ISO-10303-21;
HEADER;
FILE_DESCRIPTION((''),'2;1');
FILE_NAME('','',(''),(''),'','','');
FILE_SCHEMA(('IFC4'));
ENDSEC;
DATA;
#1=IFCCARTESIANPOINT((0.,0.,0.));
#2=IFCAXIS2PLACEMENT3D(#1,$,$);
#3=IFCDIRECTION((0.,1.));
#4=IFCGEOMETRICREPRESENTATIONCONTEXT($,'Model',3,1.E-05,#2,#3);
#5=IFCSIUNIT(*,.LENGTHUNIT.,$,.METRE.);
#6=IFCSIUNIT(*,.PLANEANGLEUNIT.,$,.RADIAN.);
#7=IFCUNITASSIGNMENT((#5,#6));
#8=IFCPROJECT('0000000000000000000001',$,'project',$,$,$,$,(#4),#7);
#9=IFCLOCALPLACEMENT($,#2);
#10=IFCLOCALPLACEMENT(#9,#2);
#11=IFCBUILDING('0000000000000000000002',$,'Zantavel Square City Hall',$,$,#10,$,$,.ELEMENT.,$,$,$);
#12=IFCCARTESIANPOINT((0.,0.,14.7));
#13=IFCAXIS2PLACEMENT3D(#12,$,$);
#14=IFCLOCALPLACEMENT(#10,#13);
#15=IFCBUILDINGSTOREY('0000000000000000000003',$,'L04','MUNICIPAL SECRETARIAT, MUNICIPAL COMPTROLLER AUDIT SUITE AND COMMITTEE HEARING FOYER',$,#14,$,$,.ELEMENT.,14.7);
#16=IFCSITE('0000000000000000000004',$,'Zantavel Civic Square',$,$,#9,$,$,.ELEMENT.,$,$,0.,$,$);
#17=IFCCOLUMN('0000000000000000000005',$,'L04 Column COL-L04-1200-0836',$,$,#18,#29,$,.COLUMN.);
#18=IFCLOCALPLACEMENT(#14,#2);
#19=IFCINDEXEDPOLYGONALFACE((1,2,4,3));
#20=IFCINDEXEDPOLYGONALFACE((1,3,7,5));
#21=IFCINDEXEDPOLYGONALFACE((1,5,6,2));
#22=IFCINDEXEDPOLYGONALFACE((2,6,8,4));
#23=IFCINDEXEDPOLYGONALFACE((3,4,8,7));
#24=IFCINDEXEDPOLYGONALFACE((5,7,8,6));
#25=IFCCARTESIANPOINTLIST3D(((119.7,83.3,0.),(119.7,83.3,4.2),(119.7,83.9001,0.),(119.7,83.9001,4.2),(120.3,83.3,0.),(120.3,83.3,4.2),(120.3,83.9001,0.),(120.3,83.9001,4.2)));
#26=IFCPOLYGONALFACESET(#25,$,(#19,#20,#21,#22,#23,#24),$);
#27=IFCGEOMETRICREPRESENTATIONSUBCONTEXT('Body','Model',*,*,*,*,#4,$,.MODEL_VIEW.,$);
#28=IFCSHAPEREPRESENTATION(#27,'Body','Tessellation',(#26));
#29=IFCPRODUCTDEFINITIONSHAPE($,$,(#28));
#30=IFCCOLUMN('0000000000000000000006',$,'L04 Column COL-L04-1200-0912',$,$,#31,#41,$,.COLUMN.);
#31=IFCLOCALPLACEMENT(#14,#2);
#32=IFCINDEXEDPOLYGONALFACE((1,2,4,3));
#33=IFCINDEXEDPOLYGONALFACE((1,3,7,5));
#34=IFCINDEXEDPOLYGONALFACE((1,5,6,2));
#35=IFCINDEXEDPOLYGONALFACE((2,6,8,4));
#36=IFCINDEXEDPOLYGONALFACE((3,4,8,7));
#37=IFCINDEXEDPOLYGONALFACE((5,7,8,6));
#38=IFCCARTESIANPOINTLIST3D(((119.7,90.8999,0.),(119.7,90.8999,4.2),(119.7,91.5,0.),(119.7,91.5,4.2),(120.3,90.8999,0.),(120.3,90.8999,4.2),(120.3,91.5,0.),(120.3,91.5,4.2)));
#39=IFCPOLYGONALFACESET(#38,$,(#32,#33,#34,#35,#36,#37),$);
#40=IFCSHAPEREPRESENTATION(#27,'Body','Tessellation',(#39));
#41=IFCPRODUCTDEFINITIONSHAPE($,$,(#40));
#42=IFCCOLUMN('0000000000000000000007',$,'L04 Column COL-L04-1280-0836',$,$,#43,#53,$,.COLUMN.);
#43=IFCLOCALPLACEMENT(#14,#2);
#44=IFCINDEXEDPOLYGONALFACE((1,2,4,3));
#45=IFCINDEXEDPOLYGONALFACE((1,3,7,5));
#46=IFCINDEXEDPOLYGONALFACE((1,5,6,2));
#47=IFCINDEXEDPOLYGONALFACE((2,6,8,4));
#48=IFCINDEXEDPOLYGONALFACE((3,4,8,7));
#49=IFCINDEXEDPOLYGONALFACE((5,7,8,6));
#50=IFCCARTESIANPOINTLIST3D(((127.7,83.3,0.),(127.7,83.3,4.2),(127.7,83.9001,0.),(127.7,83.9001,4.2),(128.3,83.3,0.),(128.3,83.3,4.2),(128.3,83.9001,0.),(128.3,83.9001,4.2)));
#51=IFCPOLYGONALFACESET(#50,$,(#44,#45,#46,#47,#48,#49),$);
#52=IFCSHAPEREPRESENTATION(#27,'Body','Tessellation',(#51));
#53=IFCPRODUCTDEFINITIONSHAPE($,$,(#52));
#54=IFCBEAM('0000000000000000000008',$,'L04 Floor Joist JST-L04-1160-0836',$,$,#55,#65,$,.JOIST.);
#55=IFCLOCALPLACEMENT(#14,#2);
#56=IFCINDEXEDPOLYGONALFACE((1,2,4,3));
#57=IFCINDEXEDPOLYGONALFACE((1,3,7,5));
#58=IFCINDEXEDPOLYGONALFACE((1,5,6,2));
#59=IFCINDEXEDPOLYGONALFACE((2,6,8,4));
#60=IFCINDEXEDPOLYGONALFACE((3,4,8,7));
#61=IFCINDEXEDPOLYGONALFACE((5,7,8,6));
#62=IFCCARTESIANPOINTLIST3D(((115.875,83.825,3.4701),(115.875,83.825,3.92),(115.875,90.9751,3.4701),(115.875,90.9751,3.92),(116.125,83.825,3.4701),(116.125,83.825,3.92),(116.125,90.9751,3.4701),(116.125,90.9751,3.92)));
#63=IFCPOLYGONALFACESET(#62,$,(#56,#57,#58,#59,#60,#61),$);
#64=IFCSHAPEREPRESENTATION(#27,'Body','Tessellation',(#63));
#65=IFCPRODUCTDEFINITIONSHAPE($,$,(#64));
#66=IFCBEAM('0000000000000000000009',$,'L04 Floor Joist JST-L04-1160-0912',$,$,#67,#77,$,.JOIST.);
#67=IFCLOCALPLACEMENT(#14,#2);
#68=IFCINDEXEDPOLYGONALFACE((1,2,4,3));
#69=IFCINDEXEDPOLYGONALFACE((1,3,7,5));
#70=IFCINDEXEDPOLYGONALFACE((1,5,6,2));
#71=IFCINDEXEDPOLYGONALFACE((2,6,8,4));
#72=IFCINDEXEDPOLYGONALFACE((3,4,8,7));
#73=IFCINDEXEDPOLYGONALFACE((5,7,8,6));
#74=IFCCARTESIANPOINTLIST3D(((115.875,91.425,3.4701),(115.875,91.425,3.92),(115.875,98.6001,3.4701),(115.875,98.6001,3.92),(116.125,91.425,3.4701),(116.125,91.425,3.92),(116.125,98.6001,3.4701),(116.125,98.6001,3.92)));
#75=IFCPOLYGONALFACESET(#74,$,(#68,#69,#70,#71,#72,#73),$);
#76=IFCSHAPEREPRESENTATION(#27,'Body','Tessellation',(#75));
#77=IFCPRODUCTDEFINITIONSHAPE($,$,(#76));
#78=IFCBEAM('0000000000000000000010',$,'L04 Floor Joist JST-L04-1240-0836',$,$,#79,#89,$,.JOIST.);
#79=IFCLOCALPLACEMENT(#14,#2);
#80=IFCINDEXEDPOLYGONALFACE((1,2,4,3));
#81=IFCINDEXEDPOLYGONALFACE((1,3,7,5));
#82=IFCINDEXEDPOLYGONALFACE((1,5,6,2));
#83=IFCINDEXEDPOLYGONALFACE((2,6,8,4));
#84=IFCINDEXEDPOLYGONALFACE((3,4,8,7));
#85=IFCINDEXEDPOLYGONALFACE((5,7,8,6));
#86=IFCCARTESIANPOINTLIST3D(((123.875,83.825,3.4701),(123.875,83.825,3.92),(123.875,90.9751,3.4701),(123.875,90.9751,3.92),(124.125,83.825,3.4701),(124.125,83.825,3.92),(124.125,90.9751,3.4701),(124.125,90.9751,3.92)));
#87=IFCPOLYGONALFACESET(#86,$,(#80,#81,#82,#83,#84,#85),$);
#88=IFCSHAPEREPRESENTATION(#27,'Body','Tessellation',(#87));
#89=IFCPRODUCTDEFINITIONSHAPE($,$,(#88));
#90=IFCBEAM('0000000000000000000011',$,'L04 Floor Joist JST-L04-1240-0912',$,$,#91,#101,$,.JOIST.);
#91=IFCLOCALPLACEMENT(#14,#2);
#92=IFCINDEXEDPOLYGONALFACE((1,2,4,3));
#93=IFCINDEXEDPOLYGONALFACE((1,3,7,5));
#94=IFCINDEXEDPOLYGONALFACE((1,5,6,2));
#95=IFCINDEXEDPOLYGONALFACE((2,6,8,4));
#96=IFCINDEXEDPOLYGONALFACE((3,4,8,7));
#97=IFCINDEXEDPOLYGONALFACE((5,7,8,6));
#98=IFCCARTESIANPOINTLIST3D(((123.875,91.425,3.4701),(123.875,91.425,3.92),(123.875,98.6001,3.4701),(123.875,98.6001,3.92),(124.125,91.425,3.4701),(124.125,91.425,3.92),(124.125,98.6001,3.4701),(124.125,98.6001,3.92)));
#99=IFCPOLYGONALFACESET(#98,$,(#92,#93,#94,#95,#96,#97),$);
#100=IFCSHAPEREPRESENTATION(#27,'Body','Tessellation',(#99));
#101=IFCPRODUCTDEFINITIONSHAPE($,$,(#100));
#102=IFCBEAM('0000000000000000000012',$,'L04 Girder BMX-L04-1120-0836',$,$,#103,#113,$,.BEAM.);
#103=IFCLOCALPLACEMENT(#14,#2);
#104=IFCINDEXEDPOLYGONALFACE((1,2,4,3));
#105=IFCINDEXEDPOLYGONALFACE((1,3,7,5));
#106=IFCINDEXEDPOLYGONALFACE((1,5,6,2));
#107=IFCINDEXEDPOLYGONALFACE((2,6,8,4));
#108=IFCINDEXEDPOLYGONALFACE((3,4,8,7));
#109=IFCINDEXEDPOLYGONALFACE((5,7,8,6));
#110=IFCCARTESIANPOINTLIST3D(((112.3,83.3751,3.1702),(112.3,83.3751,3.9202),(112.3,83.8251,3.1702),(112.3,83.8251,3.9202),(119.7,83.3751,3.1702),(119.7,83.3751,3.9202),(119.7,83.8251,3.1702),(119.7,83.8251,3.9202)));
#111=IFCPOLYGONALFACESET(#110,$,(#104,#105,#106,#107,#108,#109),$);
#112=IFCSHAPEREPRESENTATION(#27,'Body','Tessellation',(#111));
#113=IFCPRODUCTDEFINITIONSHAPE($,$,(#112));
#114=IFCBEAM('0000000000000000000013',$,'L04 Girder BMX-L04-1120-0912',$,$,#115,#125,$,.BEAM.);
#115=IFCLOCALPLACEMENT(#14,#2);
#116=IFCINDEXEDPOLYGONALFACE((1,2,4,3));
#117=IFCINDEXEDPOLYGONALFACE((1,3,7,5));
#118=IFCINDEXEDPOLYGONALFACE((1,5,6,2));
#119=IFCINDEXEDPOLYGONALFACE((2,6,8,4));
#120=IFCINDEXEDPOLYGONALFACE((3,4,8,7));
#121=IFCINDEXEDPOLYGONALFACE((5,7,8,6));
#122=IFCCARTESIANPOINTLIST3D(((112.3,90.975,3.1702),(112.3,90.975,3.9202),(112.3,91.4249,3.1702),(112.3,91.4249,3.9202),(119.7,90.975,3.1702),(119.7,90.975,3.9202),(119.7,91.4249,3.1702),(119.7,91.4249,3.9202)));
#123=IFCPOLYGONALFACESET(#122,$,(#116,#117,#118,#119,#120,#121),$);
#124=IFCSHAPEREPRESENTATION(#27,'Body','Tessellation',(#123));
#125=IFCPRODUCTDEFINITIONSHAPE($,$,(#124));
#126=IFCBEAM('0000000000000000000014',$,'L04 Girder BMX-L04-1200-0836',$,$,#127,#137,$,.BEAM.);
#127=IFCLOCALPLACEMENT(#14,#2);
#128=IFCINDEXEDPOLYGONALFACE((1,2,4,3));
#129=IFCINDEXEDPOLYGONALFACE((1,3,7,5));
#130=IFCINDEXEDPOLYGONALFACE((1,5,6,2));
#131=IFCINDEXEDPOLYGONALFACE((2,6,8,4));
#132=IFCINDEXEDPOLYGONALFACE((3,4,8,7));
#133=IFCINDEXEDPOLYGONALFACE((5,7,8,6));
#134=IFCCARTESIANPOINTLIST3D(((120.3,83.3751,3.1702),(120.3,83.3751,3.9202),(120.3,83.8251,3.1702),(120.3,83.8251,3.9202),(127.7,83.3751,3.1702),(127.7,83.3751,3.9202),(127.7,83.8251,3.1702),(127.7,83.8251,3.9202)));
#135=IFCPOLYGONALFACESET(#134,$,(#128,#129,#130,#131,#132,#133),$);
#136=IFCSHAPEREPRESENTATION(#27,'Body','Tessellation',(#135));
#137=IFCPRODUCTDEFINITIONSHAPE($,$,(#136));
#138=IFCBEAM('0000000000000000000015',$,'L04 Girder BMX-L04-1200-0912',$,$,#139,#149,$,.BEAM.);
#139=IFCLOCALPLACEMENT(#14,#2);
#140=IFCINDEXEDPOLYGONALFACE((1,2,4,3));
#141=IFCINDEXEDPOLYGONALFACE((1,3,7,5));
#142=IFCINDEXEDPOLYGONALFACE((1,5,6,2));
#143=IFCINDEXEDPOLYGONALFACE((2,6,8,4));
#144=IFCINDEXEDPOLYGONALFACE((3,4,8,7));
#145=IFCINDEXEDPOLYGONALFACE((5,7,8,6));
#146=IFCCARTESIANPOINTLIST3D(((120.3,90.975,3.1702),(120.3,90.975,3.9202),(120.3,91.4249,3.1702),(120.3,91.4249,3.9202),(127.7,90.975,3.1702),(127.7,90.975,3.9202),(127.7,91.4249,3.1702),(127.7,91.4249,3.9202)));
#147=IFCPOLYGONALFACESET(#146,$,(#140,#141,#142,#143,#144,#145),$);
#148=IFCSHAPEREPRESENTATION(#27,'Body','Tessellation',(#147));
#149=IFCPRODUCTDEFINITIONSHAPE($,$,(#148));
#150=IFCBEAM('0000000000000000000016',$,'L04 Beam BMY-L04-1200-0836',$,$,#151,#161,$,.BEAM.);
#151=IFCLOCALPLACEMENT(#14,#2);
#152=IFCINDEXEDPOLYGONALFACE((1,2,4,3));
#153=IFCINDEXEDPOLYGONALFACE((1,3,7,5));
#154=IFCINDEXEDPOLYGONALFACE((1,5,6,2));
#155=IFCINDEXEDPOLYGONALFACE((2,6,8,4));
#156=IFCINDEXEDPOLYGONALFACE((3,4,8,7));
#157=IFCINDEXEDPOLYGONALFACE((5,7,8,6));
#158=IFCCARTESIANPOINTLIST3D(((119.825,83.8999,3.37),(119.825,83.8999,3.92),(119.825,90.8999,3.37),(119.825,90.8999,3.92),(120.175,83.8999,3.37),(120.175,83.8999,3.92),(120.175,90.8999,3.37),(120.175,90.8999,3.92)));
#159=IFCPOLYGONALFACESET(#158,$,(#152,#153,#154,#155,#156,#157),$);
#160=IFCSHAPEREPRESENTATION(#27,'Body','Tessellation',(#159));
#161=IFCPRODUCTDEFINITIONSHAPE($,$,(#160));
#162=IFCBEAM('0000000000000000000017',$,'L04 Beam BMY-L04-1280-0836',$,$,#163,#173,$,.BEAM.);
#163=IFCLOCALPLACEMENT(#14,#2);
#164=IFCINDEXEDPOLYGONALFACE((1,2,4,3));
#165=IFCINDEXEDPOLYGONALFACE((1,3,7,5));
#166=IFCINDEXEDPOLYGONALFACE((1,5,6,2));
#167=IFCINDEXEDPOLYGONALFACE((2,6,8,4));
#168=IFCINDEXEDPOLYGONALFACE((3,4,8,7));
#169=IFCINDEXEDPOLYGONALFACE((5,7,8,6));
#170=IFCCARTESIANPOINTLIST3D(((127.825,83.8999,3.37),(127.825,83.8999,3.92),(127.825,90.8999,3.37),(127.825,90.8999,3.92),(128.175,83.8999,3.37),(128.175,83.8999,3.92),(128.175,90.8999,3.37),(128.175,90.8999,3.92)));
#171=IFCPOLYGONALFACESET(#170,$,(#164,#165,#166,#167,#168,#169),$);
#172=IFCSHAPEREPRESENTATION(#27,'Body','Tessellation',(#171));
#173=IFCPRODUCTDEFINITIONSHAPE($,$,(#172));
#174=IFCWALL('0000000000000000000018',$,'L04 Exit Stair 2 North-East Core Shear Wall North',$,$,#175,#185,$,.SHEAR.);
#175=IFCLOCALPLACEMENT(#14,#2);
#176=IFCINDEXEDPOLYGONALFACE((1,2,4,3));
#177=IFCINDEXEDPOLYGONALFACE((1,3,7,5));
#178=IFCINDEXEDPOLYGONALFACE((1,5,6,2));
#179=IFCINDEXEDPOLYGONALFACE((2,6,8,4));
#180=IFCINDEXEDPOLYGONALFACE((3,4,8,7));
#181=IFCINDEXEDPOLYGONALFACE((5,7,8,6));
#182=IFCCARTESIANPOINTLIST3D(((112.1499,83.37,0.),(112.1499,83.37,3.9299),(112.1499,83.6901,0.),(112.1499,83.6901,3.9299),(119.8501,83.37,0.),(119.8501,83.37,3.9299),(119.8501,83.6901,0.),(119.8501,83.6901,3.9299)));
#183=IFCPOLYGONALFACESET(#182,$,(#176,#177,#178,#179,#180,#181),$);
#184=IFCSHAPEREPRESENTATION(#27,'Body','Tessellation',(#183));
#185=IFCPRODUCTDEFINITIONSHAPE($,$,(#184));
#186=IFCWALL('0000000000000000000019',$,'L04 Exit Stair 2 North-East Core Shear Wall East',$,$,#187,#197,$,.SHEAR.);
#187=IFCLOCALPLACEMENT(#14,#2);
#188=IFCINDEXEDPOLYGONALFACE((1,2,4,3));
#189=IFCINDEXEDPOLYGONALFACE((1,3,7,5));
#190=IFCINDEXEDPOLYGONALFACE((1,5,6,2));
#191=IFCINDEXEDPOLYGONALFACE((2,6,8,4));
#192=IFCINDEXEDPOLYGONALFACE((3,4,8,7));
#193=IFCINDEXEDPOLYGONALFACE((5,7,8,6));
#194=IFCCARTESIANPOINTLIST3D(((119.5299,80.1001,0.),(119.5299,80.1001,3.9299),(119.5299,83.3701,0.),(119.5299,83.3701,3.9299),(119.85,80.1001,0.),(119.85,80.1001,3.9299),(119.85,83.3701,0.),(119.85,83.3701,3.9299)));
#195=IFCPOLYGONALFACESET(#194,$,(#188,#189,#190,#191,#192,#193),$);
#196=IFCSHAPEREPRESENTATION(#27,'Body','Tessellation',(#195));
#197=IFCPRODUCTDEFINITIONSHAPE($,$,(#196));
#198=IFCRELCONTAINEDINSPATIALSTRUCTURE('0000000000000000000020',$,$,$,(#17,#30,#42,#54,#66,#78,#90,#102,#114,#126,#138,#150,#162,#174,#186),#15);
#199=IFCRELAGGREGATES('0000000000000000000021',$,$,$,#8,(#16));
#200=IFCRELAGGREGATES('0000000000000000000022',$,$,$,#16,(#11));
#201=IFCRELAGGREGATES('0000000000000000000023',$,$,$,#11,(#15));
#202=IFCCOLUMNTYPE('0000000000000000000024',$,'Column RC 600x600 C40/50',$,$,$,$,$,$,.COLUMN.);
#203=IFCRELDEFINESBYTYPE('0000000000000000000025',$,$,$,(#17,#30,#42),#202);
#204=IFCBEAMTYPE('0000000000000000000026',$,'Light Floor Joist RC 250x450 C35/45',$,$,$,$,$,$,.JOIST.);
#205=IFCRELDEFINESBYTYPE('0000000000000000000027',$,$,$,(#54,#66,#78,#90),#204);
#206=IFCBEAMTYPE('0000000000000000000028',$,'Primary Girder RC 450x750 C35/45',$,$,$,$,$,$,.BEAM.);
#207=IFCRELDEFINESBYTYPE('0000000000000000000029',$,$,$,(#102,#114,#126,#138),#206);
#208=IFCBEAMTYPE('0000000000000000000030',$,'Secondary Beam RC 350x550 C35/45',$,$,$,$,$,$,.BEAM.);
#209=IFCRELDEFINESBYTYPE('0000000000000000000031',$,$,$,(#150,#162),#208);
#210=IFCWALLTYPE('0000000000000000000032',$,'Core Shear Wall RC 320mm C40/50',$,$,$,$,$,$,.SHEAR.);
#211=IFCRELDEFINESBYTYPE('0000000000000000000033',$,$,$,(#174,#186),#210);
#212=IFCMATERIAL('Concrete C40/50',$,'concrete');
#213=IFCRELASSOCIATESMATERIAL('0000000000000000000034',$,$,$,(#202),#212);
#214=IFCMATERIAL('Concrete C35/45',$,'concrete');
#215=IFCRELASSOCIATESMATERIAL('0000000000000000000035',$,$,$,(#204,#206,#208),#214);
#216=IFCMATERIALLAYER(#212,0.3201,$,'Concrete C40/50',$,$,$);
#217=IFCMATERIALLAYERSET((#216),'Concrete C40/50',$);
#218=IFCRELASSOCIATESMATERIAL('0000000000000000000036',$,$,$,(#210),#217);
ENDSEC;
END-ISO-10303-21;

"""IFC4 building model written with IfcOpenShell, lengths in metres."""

from ifc_helpers import new_model, si_unit, direction, frame, frame_2d, origin, origin_2d, place, context, subcontext, project, spatial, rectangle, extrude, material, layer, layer_set, material_profile, profile_set, type_object, element, save


model = new_model("IFC4")

# Units and contexts
model_context = context("Model", 3, precision=1e-05, world=origin(), true_north=direction((0.0, 1.0)))
body_context = subcontext(model_context, "Body", "Model", "MODEL_VIEW")
ifc_project = project(units=[si_unit("LENGTHUNIT", "METRE"), si_unit("PLANEANGLEUNIT", "RADIAN")], contexts=[model_context])

# Site, building, storey
site_placement = place(None, origin())
site = spatial("IfcSite", under=ifc_project, at=site_placement, Name="Zantavel Civic Square", CompositionType="ELEMENT", RefElevation=0.0)
building_placement = place(site_placement, origin())
building = spatial("IfcBuilding", under=site, at=building_placement, Name="Zantavel Square City Hall", CompositionType="ELEMENT")
storey_placement = place(building_placement, frame((0.0, 0.0, 14.7)))
storey = spatial("IfcBuildingStorey", under=building, at=storey_placement, Name="L04", Description="MUNICIPAL SECRETARIAT, MUNICIPAL COMPTROLLER AUDIT SUITE AND COMMITTEE HEARING FOYER", CompositionType="ELEMENT", Elevation=14.7)

# Columns
ifc_material_1 = material(Name="Concrete C40/50", Category="concrete")
ifc_material_profile_1 = material_profile(ifc_material_1, rectangle(XDim=0.6001, YDim=0.6001, at=origin_2d()), Name="RC 600x600")
ifc_profile_set_1 = profile_set([ifc_material_profile_1], Name="Concrete C40/50")
column_type = type_object("IfcColumnType", Name="Column RC 600x600 C40/50", PredefinedType="COLUMN", material=ifc_profile_set_1)
for number, where, z_axis, x_axis, name in (
    (1, (120.0, 83.6001, 0.0), (0.0, 0.0, 1.0), (1.0, 0.0, 0.0), "L04 Column COL-L04-1200-0836"),
    (2, (120.0, 91.2, 0.0), (0.0, 0.0, 1.0), (1.0, 0.0, 0.0), "L04 Column COL-L04-1200-0912"),
    (3, (128.0, 83.6001, 0.0), (0.0, 0.0, 1.0), (1.0, 0.0, 0.0), "L04 Column COL-L04-1280-0836"),
):
    element("IfcColumn", number, at=place(storey_placement, frame(where, z_axis=z_axis, x_axis=x_axis)), inside=storey, type_object=column_type, Name=name, PredefinedType="COLUMN", context=body_context, shape_type="SweptSolid", body=[
        extrude(rectangle(XDim=0.6001, YDim=0.6001, at=origin_2d()), origin(), (0.0, 0.0, 1.0), 4.2),
    ])

# Beams
ifc_material_2 = material(Name="Concrete C35/45", Category="concrete")
ifc_material_profile_2 = material_profile(ifc_material_2, rectangle(XDim=0.25, YDim=0.45, at=origin_2d()), Name="RC 250x450")
ifc_profile_set_2 = profile_set([ifc_material_profile_2], Name="Concrete C35/45")
beam_type_1 = type_object("IfcBeamType", Name="Light Floor Joist RC 250x450 C35/45", PredefinedType="JOIST", material=ifc_profile_set_2)
beam_1_placement = place(storey_placement, frame((116.0, 83.825, 3.6951), z_axis=(0.0, 1.0, 0.0), x_axis=(-1.0, 0.0, 0.0)))
element("IfcBeam", 4, at=beam_1_placement, inside=storey, type_object=beam_type_1, Name="L04 Floor Joist JST-L04-1160-0836", PredefinedType="JOIST", context=body_context, shape_type="SweptSolid", body=[
    extrude(rectangle(XDim=0.25, YDim=0.45, at=origin_2d()), origin(), (0.0, 0.0, 1.0), 7.1501),
])
beam_2_placement = place(storey_placement, frame((116.0, 91.425, 3.6951), z_axis=(0.0, 1.0, 0.0), x_axis=(-1.0, 0.0, 0.0)))
element("IfcBeam", 5, at=beam_2_placement, inside=storey, type_object=beam_type_1, Name="L04 Floor Joist JST-L04-1160-0912", PredefinedType="JOIST", context=body_context, shape_type="SweptSolid", body=[
    extrude(rectangle(XDim=0.25, YDim=0.45, at=origin_2d()), origin(), (0.0, 0.0, 1.0), 7.175),
])
beam_3_placement = place(storey_placement, frame((124.0, 83.825, 3.6951), z_axis=(0.0, 1.0, 0.0), x_axis=(-1.0, 0.0, 0.0)))
element("IfcBeam", 6, at=beam_3_placement, inside=storey, type_object=beam_type_1, Name="L04 Floor Joist JST-L04-1240-0836", PredefinedType="JOIST", context=body_context, shape_type="SweptSolid", body=[
    extrude(rectangle(XDim=0.25, YDim=0.45, at=origin_2d()), origin(), (0.0, 0.0, 1.0), 7.1501),
])
beam_4_placement = place(storey_placement, frame((124.0, 91.425, 3.6951), z_axis=(0.0, 1.0, 0.0), x_axis=(-1.0, 0.0, 0.0)))
element("IfcBeam", 7, at=beam_4_placement, inside=storey, type_object=beam_type_1, Name="L04 Floor Joist JST-L04-1240-0912", PredefinedType="JOIST", context=body_context, shape_type="SweptSolid", body=[
    extrude(rectangle(XDim=0.25, YDim=0.45, at=origin_2d()), origin(), (0.0, 0.0, 1.0), 7.175),
])
ifc_material_profile_3 = material_profile(ifc_material_2, rectangle(XDim=0.45, YDim=0.75, at=origin_2d()), Name="RC 450x750")
ifc_profile_set_3 = profile_set([ifc_material_profile_3], Name="Concrete C35/45")
beam_type_2 = type_object("IfcBeamType", Name="Primary Girder RC 450x750 C35/45", PredefinedType="BEAM", material=ifc_profile_set_3)
for number, where, z_axis, x_axis, name in (
    (8, (112.3, 83.6001, 3.5452), (1.0, 0.0, 0.0), (0.0, 1.0, 0.0), "L04 Girder BMX-L04-1120-0836"),
    (9, (112.3, 91.2, 3.5452), (1.0, 0.0, 0.0), (0.0, 1.0, 0.0), "L04 Girder BMX-L04-1120-0912"),
    (10, (120.3, 83.6001, 3.5452), (1.0, 0.0, 0.0), (0.0, 1.0, 0.0), "L04 Girder BMX-L04-1200-0836"),
    (11, (120.3, 91.2, 3.5452), (1.0, 0.0, 0.0), (0.0, 1.0, 0.0), "L04 Girder BMX-L04-1200-0912"),
):
    element("IfcBeam", number, at=place(storey_placement, frame(where, z_axis=z_axis, x_axis=x_axis)), inside=storey, type_object=beam_type_2, Name=name, PredefinedType="BEAM", context=body_context, shape_type="SweptSolid", body=[
        extrude(rectangle(XDim=0.45, YDim=0.75, at=origin_2d()), origin(), (0.0, 0.0, 1.0), 7.3999),
    ])
ifc_material_profile_4 = material_profile(ifc_material_2, rectangle(XDim=0.3501, YDim=0.55, at=origin_2d()), Name="RC 350x550")
ifc_profile_set_4 = profile_set([ifc_material_profile_4], Name="Concrete C35/45")
beam_type_3 = type_object("IfcBeamType", Name="Secondary Beam RC 350x550 C35/45", PredefinedType="BEAM", material=ifc_profile_set_4)
for number, where, z_axis, x_axis, name in (
    (12, (120.0, 83.8999, 3.645), (0.0, 1.0, 0.0), (-1.0, 0.0, 0.0), "L04 Beam BMY-L04-1200-0836"),
    (13, (128.0, 83.8999, 3.645), (0.0, 1.0, 0.0), (-1.0, 0.0, 0.0), "L04 Beam BMY-L04-1280-0836"),
):
    element("IfcBeam", number, at=place(storey_placement, frame(where, z_axis=z_axis, x_axis=x_axis)), inside=storey, type_object=beam_type_3, Name=name, PredefinedType="BEAM", context=body_context, shape_type="SweptSolid", body=[
        extrude(rectangle(XDim=0.3501, YDim=0.55, at=origin_2d()), origin(), (0.0, 0.0, 1.0), 7.0),
    ])

# Walls
ifc_layer_1 = layer(ifc_material_1, 0.3201, Name="Concrete C40/50")
ifc_layer_set_1 = layer_set([ifc_layer_1], Name="Concrete C40/50")
wall_type_1 = type_object("IfcWallType", Name="Core Shear Wall RC 320mm C40/50", PredefinedType="SHEAR", material=ifc_layer_set_1)
wall_1_placement = place(storey_placement, frame((112.1499, 83.53, 0.0), z_axis=(0.0, 0.0, 1.0), x_axis=(1.0, 0.0, 0.0)))
element("IfcWall", 14, at=wall_1_placement, inside=storey, type_object=wall_type_1, Name="L04 Exit Stair 2 North-East Core Shear Wall North", PredefinedType="SHEAR", context=body_context, shape_type="SweptSolid", body=[
    extrude(rectangle(XDim=7.7002, YDim=0.3201, at=frame_2d((3.8501, 0.0))), origin(), (0.0, 0.0, 1.0), 3.9299),
])
wall_2_placement = place(storey_placement, frame((119.6899, 83.3701, 0.0), z_axis=(0.0, 0.0, 1.0), x_axis=(0.0, -1.0, 0.0)))
element("IfcWall", 15, at=wall_2_placement, inside=storey, type_object=wall_type_1, Name="L04 Exit Stair 2 North-East Core Shear Wall East", PredefinedType="SHEAR", context=body_context, shape_type="SweptSolid", body=[
    extrude(rectangle(XDim=3.27, YDim=0.3201, at=frame_2d((1.635, 0.0))), origin(), (0.0, 0.0, 1.0), 3.9299),
])

save(model, "model.ifc")
